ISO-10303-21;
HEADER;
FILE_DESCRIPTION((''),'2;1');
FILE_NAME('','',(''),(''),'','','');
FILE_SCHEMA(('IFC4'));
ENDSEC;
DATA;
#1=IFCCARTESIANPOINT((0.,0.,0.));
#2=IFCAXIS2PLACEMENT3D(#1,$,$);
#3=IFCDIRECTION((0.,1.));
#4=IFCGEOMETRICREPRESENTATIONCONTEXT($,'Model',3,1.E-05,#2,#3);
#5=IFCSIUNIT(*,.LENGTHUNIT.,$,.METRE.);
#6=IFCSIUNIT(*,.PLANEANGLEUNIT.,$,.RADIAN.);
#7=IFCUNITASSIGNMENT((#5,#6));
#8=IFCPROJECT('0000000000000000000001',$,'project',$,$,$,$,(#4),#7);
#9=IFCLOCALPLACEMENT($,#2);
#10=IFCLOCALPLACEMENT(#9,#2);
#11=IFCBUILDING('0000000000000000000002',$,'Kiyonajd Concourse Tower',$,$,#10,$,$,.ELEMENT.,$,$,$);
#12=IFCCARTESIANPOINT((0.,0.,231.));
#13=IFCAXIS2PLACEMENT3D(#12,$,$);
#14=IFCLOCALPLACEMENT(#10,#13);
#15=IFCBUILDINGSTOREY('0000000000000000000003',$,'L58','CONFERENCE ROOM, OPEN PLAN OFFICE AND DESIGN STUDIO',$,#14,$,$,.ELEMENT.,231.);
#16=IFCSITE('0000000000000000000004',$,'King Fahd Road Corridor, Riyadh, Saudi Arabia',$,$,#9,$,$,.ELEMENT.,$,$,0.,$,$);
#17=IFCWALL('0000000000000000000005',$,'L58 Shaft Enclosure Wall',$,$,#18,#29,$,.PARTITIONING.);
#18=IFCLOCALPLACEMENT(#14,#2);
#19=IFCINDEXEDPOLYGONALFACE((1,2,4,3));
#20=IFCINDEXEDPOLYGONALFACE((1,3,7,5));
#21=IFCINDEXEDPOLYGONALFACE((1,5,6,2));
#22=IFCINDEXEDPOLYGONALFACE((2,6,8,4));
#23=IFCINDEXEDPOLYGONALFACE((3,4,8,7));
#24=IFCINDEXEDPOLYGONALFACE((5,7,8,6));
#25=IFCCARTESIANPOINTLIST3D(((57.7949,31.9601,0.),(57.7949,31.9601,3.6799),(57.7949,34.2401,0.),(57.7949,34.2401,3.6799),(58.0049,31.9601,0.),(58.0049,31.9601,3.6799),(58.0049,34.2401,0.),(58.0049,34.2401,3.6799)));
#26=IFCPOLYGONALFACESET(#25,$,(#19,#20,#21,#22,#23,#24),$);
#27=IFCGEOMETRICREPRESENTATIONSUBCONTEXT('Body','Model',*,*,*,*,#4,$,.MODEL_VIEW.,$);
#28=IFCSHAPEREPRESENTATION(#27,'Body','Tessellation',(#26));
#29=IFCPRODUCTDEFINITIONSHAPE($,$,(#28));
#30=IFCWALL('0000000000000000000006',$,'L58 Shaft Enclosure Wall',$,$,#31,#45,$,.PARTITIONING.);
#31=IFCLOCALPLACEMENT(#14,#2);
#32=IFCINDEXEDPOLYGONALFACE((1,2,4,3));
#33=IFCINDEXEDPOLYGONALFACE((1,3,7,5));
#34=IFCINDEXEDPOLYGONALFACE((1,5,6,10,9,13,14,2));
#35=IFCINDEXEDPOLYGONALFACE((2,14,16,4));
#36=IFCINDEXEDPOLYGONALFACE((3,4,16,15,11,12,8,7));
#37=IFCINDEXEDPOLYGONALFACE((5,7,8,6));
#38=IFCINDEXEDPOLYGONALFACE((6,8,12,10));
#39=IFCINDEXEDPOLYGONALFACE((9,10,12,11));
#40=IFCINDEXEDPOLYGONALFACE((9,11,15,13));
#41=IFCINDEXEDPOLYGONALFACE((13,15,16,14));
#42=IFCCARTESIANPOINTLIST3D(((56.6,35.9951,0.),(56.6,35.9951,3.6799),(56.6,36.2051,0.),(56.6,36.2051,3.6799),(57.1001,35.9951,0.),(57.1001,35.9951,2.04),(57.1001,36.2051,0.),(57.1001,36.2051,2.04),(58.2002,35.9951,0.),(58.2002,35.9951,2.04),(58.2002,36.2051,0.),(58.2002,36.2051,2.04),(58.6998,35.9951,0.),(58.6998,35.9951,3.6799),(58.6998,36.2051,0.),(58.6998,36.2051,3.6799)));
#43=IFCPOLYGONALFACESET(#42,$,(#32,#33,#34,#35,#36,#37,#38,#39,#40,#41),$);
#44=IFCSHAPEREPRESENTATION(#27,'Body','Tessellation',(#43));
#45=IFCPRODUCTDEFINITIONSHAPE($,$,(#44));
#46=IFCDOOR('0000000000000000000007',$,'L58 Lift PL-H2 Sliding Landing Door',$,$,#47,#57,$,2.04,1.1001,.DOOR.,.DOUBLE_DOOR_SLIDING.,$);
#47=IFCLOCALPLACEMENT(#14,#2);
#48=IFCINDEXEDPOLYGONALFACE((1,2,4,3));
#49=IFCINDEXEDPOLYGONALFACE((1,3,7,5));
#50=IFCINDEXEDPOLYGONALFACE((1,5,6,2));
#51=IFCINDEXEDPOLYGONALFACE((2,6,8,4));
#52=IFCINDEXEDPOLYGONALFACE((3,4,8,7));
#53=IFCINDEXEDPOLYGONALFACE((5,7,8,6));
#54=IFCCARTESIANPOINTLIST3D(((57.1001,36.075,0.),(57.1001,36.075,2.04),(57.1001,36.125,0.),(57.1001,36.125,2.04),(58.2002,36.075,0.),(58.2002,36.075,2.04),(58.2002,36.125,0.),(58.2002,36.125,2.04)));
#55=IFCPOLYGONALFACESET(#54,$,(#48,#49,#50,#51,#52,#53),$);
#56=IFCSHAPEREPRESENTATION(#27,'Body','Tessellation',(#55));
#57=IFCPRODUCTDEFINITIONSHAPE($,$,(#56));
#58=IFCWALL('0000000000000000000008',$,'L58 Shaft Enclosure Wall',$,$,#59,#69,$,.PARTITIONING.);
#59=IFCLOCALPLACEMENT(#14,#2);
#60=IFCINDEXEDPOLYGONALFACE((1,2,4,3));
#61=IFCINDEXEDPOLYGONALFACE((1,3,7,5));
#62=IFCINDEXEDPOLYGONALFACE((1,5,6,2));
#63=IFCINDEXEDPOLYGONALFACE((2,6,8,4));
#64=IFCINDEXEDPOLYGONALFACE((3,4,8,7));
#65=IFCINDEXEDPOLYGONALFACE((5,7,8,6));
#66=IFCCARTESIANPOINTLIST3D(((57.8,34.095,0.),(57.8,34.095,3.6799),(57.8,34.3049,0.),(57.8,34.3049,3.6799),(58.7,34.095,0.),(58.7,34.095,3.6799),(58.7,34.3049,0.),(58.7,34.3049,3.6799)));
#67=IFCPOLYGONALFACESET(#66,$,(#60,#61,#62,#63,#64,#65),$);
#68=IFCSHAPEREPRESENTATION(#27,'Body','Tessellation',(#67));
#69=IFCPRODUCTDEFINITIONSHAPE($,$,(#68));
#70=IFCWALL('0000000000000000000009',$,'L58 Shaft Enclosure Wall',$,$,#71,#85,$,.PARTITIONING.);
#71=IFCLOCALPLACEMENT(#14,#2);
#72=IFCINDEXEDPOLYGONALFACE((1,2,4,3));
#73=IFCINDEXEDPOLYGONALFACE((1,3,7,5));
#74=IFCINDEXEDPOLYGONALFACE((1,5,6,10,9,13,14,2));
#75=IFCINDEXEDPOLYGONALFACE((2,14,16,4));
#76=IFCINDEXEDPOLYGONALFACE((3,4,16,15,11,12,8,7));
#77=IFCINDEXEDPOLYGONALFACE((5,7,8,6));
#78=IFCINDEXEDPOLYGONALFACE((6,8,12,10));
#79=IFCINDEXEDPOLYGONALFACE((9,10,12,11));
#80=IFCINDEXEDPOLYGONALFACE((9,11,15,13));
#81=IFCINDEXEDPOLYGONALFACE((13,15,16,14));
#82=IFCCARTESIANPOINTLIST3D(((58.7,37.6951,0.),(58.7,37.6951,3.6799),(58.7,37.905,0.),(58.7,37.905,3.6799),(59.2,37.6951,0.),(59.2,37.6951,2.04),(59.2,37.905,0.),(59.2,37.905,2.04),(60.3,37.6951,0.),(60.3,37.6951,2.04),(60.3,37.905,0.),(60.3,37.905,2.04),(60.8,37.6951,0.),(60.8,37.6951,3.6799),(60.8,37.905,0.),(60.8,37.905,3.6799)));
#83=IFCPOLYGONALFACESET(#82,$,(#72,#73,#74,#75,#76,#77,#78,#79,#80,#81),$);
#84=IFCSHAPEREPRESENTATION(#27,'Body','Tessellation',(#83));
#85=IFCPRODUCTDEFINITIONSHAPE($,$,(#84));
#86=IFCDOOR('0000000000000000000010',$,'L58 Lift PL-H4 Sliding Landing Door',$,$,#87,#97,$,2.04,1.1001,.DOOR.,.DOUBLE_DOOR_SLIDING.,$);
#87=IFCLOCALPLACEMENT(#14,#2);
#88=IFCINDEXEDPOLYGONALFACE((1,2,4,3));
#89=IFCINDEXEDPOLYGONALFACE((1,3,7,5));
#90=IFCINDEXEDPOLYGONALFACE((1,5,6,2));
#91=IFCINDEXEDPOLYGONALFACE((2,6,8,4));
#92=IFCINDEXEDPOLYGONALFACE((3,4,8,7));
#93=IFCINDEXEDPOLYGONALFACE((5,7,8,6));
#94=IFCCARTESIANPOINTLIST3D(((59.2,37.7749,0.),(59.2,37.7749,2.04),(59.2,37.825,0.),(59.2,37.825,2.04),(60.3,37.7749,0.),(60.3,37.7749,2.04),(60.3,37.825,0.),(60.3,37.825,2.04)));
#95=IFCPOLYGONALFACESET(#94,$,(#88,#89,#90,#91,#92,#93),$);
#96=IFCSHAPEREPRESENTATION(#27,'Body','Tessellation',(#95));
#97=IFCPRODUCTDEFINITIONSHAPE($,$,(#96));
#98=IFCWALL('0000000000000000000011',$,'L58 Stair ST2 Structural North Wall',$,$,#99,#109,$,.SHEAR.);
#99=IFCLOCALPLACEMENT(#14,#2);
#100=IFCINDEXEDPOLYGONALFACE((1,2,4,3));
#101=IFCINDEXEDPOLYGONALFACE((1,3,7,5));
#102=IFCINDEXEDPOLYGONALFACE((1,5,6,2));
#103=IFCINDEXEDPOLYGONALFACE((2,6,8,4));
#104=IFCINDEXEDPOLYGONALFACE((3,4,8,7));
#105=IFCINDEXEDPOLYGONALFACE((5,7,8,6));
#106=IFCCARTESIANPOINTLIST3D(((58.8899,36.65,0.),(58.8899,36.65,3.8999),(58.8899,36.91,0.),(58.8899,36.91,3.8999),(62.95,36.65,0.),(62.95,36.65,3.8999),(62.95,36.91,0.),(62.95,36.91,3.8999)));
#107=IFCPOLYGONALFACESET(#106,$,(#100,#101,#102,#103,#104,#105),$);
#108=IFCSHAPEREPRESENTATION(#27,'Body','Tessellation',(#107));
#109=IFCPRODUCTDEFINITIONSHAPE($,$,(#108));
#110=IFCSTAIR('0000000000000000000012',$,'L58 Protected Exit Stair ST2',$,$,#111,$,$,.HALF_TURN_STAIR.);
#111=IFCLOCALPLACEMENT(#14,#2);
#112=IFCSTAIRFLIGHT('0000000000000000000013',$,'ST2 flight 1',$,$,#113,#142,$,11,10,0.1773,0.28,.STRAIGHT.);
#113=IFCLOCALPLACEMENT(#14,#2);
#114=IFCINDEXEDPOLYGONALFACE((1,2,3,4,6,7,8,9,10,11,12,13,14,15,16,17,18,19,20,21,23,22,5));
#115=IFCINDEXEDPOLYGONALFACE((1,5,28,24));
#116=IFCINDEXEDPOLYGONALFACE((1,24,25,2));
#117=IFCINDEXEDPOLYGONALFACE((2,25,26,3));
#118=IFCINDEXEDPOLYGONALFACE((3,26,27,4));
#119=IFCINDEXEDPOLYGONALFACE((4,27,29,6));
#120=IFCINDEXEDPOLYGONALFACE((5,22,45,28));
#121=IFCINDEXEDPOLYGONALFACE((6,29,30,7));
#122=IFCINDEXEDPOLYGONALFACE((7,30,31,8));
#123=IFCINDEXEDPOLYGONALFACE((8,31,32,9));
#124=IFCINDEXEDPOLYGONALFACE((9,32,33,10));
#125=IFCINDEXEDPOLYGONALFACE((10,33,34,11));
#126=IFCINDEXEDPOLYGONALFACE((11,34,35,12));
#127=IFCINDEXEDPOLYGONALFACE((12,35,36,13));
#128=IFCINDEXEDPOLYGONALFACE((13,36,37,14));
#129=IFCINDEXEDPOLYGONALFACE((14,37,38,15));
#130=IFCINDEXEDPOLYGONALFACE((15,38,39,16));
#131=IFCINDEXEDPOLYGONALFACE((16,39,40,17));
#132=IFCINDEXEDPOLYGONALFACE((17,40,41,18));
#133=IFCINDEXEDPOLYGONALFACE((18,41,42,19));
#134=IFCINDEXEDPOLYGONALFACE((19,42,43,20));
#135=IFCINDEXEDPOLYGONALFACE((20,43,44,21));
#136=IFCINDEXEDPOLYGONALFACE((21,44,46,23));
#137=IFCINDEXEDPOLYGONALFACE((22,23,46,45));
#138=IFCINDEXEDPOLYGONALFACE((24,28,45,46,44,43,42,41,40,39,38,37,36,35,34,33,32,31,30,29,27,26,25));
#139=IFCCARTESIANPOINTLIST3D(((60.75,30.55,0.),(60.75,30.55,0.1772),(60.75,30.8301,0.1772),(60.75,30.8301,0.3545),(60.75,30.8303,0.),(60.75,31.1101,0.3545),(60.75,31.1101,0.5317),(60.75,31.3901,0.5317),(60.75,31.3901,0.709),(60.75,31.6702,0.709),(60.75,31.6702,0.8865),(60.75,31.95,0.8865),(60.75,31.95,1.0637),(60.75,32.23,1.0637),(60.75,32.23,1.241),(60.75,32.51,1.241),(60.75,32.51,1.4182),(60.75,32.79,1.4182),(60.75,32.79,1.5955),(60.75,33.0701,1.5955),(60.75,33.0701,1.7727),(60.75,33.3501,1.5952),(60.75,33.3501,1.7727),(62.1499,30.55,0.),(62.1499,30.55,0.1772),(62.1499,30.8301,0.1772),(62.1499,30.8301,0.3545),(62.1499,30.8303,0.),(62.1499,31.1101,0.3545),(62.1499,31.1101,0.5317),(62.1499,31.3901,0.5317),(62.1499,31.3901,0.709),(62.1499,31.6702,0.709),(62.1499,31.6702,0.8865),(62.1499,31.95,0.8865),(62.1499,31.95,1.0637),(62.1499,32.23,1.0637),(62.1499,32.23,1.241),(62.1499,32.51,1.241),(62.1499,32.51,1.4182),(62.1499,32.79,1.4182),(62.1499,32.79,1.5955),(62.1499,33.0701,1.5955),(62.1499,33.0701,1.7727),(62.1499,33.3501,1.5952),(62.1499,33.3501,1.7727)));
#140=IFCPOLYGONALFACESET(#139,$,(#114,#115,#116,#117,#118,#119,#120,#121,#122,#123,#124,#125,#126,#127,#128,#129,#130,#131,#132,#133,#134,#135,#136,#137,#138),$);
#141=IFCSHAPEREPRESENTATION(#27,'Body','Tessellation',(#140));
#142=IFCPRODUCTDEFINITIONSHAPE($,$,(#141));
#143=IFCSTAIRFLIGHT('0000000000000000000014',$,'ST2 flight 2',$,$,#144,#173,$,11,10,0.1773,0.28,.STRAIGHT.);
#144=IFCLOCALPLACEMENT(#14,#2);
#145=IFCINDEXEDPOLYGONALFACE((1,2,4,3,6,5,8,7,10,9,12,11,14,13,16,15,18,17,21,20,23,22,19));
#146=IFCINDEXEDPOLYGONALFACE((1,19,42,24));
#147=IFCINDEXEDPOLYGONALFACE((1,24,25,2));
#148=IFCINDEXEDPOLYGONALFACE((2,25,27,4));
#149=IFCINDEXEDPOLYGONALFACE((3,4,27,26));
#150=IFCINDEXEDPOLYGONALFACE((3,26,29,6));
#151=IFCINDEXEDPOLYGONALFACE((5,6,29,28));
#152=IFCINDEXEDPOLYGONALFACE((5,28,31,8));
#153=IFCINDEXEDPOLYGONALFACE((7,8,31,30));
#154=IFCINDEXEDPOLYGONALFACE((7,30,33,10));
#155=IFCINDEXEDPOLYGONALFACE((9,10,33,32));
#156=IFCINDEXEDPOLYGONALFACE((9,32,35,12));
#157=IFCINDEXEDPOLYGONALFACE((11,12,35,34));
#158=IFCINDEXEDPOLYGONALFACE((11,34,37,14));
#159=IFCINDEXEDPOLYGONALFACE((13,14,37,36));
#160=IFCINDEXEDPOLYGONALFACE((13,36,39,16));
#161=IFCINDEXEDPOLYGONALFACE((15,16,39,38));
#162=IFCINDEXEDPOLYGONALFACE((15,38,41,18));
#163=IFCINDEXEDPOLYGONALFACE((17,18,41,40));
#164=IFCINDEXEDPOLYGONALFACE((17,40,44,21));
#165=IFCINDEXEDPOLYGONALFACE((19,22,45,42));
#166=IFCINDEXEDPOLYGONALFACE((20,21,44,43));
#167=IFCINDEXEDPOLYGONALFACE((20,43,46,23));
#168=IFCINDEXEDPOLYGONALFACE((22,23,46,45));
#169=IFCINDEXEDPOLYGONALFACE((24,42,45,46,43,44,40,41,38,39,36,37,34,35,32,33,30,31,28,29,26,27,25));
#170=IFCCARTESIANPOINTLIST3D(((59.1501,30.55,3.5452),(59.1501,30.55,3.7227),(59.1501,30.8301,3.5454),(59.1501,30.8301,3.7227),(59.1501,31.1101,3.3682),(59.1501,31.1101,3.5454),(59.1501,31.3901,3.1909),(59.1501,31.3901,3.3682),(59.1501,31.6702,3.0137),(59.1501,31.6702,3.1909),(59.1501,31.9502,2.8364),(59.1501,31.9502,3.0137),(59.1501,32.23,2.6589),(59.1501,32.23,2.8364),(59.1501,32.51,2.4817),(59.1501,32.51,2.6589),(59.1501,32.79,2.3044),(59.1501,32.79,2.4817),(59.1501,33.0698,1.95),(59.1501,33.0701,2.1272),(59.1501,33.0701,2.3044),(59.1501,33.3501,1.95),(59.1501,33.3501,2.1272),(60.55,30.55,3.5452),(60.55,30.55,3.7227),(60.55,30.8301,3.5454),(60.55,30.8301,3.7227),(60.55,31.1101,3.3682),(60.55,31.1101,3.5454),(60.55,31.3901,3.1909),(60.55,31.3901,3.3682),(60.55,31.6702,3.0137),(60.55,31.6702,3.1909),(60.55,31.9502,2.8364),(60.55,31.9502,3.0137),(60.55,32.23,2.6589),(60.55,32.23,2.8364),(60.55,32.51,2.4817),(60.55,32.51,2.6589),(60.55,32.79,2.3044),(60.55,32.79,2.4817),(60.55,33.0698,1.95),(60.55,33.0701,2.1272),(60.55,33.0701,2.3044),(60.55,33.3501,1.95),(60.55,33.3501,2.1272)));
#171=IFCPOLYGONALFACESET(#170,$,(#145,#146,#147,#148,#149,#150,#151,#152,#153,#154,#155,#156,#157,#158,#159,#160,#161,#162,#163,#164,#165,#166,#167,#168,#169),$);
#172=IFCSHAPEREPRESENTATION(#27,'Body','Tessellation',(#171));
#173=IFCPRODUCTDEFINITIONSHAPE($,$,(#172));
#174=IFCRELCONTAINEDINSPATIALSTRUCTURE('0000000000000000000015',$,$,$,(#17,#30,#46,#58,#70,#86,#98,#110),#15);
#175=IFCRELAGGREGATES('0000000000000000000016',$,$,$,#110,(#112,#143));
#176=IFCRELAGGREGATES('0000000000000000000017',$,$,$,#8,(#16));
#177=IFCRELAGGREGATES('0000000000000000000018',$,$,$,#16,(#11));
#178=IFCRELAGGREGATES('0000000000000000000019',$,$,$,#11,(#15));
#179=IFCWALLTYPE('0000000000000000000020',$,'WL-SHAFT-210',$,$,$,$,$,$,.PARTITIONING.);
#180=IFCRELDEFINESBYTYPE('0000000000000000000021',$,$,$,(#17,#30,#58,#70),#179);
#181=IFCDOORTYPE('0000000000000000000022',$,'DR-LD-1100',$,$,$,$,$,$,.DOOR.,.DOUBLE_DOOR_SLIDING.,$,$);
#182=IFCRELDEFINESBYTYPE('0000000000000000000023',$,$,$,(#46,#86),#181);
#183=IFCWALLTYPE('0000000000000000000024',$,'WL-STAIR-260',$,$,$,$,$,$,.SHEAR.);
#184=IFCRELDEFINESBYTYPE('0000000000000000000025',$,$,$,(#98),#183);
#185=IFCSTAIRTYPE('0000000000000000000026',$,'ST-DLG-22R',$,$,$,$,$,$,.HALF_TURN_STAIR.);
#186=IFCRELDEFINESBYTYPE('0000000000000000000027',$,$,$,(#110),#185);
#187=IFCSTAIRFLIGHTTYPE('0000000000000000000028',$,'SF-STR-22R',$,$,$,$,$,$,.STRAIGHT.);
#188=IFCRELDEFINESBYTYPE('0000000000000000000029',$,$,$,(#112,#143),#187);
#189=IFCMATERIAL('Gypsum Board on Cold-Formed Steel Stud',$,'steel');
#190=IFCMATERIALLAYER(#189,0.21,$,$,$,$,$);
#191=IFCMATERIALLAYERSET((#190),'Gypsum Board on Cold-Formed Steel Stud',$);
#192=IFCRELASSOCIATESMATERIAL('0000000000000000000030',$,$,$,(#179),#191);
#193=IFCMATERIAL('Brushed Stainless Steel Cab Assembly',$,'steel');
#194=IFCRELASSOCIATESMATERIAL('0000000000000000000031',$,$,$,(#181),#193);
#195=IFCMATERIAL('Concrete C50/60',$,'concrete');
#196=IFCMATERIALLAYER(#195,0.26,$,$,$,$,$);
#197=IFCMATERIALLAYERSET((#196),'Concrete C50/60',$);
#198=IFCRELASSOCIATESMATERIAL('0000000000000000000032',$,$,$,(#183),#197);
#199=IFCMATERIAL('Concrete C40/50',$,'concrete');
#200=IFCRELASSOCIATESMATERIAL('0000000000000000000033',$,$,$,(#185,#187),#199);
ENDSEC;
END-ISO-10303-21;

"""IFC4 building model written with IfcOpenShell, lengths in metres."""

from ifc_helpers import new_model, si_unit, direction, frame, frame_2d, origin, place, context, subcontext, project, spatial, polyline, rectangle, outline, extrude, material, layer, layer_set, type_object, element, fill, aggregate, save


model = new_model("IFC4")

# Units and contexts
model_context = context("Model", 3, precision=1e-05, world=origin(), true_north=direction((0.0, 1.0)))
body_context = subcontext(model_context, "Body", "Model", "MODEL_VIEW")
ifc_project = project(units=[si_unit("LENGTHUNIT", "METRE"), si_unit("PLANEANGLEUNIT", "RADIAN")], contexts=[model_context])

# Site, building, storey
site_placement = place(None, origin())
site = spatial("IfcSite", under=ifc_project, at=site_placement, Name="King Fahd Road Corridor, Riyadh, Saudi Arabia", CompositionType="ELEMENT", RefElevation=0.0)
building_placement = place(site_placement, origin())
building = spatial("IfcBuilding", under=site, at=building_placement, Name="Kiyonajd Concourse Tower", CompositionType="ELEMENT")
storey_placement = place(building_placement, frame((0.0, 0.0, 231.0)))
storey = spatial("IfcBuildingStorey", under=building, at=storey_placement, Name="L58", Description="CONFERENCE ROOM, OPEN PLAN OFFICE AND DESIGN STUDIO", CompositionType="ELEMENT", Elevation=231.0)

# Wall
ifc_material_1 = material(Name="Gypsum Board on Cold-Formed Steel Stud", Category="steel")
ifc_layer_1 = layer(ifc_material_1, 0.21)
ifc_layer_set_1 = layer_set([ifc_layer_1], Name="Gypsum Board on Cold-Formed Steel Stud")
wall_type_1 = type_object("IfcWallType", Name="WL-SHAFT-210", PredefinedType="PARTITIONING", material=ifc_layer_set_1)
wall_1_placement = place(storey_placement, frame((57.8999, 31.96, 0.0), z_axis=(0.0, 0.0, 1.0), x_axis=(0.0, 1.0, 0.0)))
element("IfcWall", 1, at=wall_1_placement, inside=storey, type_object=wall_type_1, Name="L58 Shaft Enclosure Wall", PredefinedType="PARTITIONING", context=body_context, shape_type="SweptSolid", body=[
    extrude(rectangle(XDim=2.28, YDim=0.21, at=frame_2d((1.1401, 0.0))), origin(), (0.0, 0.0, 1.0), 3.6799),
])

# Wall, opening, door
wall_2_placement = place(storey_placement, frame((56.6001, 36.1001, 0.0), z_axis=(0.0, 0.0, 1.0), x_axis=(1.0, 0.0, 0.0)))
wall_2 = element("IfcWall", 2, at=wall_2_placement, inside=storey, type_object=wall_type_1, Name="L58 Shaft Enclosure Wall", PredefinedType="PARTITIONING", context=body_context, shape_type="SweptSolid", body=[
    extrude(rectangle(XDim=2.0999, YDim=0.21, at=frame_2d((1.0498, 0.0))), origin(), (0.0, 0.0, 1.0), 3.6799),
])
opening_1_placement = place(wall_2_placement, frame((0.5, 0.0, 0.0)))
opening_1 = element("IfcOpeningElement", 3, at=opening_1_placement, cuts=wall_2, PredefinedType="OPENING", context=body_context, shape_type="SweptSolid", body=[
    extrude(rectangle(XDim=1.1001, YDim=2.04, at=frame_2d((0.55, 1.02))), frame((0.0, 0.115, 0.0), z_axis=(0.0, -1.0, 0.0), x_axis=(1.0, 0.0, 0.0)), (0.0, 0.0, 1.0), 0.23),
])
ifc_material_2 = material(Name="Brushed Stainless Steel Cab Assembly", Category="steel")
door_type = type_object("IfcDoorType", Name="DR-LD-1100", OperationType="DOUBLE_DOOR_SLIDING", PredefinedType="DOOR", material=ifc_material_2)
door_1_placement = place(opening_1_placement, origin())
door_1 = element("IfcDoor", 4, at=door_1_placement, inside=storey, type_object=door_type, Name="L58 Lift PL-H2 Sliding Landing Door", OperationType="DOUBLE_DOOR_SLIDING", OverallHeight=2.04, OverallWidth=1.1001, PredefinedType="DOOR", context=body_context, shape_type="SweptSolid", body=[
    extrude(rectangle(XDim=1.1001, YDim=2.04, at=frame_2d((0.55, 1.02))), frame((0.0, 0.0249, 0.0), z_axis=(0.0, -1.0, 0.0), x_axis=(1.0, 0.0, 0.0)), (0.0, 0.0, 1.0), 0.05),
])
fill(opening_1, door_1)

# Wall
wall_3_placement = place(storey_placement, frame((57.8, 34.2, 0.0), z_axis=(0.0, 0.0, 1.0), x_axis=(1.0, 0.0, 0.0)))
element("IfcWall", 5, at=wall_3_placement, inside=storey, type_object=wall_type_1, Name="L58 Shaft Enclosure Wall", PredefinedType="PARTITIONING", context=body_context, shape_type="SweptSolid", body=[
    extrude(rectangle(XDim=0.8999, YDim=0.21, at=frame_2d((0.45, 0.0))), origin(), (0.0, 0.0, 1.0), 3.6799),
])

# Wall, opening, door
wall_4_placement = place(storey_placement, frame((58.7, 37.8, 0.0), z_axis=(0.0, 0.0, 1.0), x_axis=(1.0, 0.0, 0.0)))
wall_4 = element("IfcWall", 6, at=wall_4_placement, inside=storey, type_object=wall_type_1, Name="L58 Shaft Enclosure Wall", PredefinedType="PARTITIONING", context=body_context, shape_type="SweptSolid", body=[
    extrude(rectangle(XDim=2.1001, YDim=0.21, at=frame_2d((1.05, 0.0))), origin(), (0.0, 0.0, 1.0), 3.6799),
])
opening_2_placement = place(wall_4_placement, frame((0.5, 0.0, 0.0)))
opening_2 = element("IfcOpeningElement", 7, at=opening_2_placement, cuts=wall_4, PredefinedType="OPENING", context=body_context, shape_type="SweptSolid", body=[
    extrude(rectangle(XDim=1.1001, YDim=2.04, at=frame_2d((0.55, 1.02))), frame((0.0, 0.115, 0.0), z_axis=(0.0, -1.0, 0.0), x_axis=(1.0, 0.0, 0.0)), (0.0, 0.0, 1.0), 0.23),
])
door_2_placement = place(opening_2_placement, origin())
door_2 = element("IfcDoor", 8, at=door_2_placement, inside=storey, type_object=door_type, Name="L58 Lift PL-H4 Sliding Landing Door", OperationType="DOUBLE_DOOR_SLIDING", OverallHeight=2.04, OverallWidth=1.1001, PredefinedType="DOOR", context=body_context, shape_type="SweptSolid", body=[
    extrude(rectangle(XDim=1.1001, YDim=2.04, at=frame_2d((0.55, 1.02))), frame((0.0, 0.0249, 0.0), z_axis=(0.0, -1.0, 0.0), x_axis=(1.0, 0.0, 0.0)), (0.0, 0.0, 1.0), 0.05),
])
fill(opening_2, door_2)

# Wall
ifc_material_3 = material(Name="Concrete C50/60", Category="concrete")
ifc_layer_2 = layer(ifc_material_3, 0.26)
ifc_layer_set_2 = layer_set([ifc_layer_2], Name="Concrete C50/60")
wall_type_2 = type_object("IfcWallType", Name="WL-STAIR-260", PredefinedType="SHEAR", material=ifc_layer_set_2)
wall_5_placement = place(storey_placement, frame((58.8899, 36.78, 0.0), z_axis=(0.0, 0.0, 1.0), x_axis=(1.0, 0.0, 0.0)))
element("IfcWall", 9, at=wall_5_placement, inside=storey, type_object=wall_type_2, Name="L58 Stair ST2 Structural North Wall", PredefinedType="SHEAR", context=body_context, shape_type="SweptSolid", body=[
    extrude(rectangle(XDim=4.0601, YDim=0.26, at=frame_2d((2.03, 0.0))), origin(), (0.0, 0.0, 1.0), 3.8999),
])

# Stair, stair flights
ifc_material_4 = material(Name="Concrete C40/50", Category="concrete")
stair_type = type_object("IfcStairType", Name="ST-DLG-22R", PredefinedType="HALF_TURN_STAIR", material=ifc_material_4)
stair_placement = place(storey_placement, origin())
stair = element("IfcStair", 10, at=stair_placement, inside=storey, type_object=stair_type, Name="L58 Protected Exit Stair ST2", PredefinedType="HALF_TURN_STAIR")
stair_flight_type = type_object("IfcStairFlightType", Name="SF-STR-22R", PredefinedType="STRAIGHT", material=ifc_material_4)
stair_flight_1_placement = place(storey_placement, frame((61.45, 30.55, 0.0), z_axis=(0.0, 0.0, 1.0), x_axis=(0.0, 1.0, 0.0)))
stair_flight_1 = element("IfcStairFlight", 11, at=stair_flight_1_placement, type_object=stair_flight_type, Name="ST2 flight 1", NumberOfRisers=11, NumberOfTreads=10, PredefinedType="STRAIGHT", RiserHeight=0.1773, TreadLength=0.28, context=body_context, shape_type="SweptSolid", body=[
    extrude(outline(polyline([(0.0, 0.0), (0.0, 0.1772), (0.28, 0.1772), (0.28, 0.3545), (0.5601, 0.3545), (0.5601, 0.5317), (0.8401, 0.5317), (0.8401, 0.709), (1.1201, 0.709), (1.1201, 0.8865), (1.3999, 0.8865), (1.3999, 1.0637), (1.6799, 1.0637), (1.6799, 1.241), (1.96, 1.241), (1.96, 1.4182), (2.24, 1.4182), (2.24, 1.5955), (2.52, 1.5955), (2.52, 1.7727), (2.8, 1.7727), (2.8, 1.95), (2.8, 1.5952), (0.2803, 0.0), (0.0, 0.0)])), frame((0.0, 0.7, 0.0), z_axis=(0.0, -1.0, 0.0), x_axis=(1.0, 0.0, 0.0)), (0.0, 0.0, 1.0), 1.3999),
])
stair_flight_2_placement = place(storey_placement, frame((59.8501, 33.3501, 1.95), z_axis=(0.0, 0.0, 1.0), x_axis=(0.0, -1.0, 0.0)))
stair_flight_2 = element("IfcStairFlight", 12, at=stair_flight_2_placement, type_object=stair_flight_type, Name="ST2 flight 2", NumberOfRisers=11, NumberOfTreads=10, PredefinedType="STRAIGHT", RiserHeight=0.1773, TreadLength=0.28, context=body_context, shape_type="SweptSolid", body=[
    extrude(outline(polyline([(0.0, 0.0), (0.0, 0.1772), (0.28, 0.1772), (0.28, 0.3545), (0.5601, 0.3545), (0.5601, 0.5317), (0.8401, 0.5317), (0.8401, 0.709), (1.1201, 0.709), (1.1201, 0.8865), (1.3999, 0.8865), (1.3999, 1.0637), (1.6799, 1.0637), (1.6799, 1.241), (1.96, 1.241), (1.96, 1.4182), (2.24, 1.4182), (2.24, 1.5955), (2.52, 1.5955), (2.52, 1.7727), (2.8, 1.7727), (2.8, 1.95), (2.8, 1.5952), (0.2803, 0.0), (0.0, 0.0)])), frame((0.0, 0.7, 0.0), z_axis=(0.0, -1.0, 0.0), x_axis=(1.0, 0.0, 0.0)), (0.0, 0.0, 1.0), 1.3999),
])
aggregate(stair, [stair_flight_1, stair_flight_2])

save(model, "model.ifc")
